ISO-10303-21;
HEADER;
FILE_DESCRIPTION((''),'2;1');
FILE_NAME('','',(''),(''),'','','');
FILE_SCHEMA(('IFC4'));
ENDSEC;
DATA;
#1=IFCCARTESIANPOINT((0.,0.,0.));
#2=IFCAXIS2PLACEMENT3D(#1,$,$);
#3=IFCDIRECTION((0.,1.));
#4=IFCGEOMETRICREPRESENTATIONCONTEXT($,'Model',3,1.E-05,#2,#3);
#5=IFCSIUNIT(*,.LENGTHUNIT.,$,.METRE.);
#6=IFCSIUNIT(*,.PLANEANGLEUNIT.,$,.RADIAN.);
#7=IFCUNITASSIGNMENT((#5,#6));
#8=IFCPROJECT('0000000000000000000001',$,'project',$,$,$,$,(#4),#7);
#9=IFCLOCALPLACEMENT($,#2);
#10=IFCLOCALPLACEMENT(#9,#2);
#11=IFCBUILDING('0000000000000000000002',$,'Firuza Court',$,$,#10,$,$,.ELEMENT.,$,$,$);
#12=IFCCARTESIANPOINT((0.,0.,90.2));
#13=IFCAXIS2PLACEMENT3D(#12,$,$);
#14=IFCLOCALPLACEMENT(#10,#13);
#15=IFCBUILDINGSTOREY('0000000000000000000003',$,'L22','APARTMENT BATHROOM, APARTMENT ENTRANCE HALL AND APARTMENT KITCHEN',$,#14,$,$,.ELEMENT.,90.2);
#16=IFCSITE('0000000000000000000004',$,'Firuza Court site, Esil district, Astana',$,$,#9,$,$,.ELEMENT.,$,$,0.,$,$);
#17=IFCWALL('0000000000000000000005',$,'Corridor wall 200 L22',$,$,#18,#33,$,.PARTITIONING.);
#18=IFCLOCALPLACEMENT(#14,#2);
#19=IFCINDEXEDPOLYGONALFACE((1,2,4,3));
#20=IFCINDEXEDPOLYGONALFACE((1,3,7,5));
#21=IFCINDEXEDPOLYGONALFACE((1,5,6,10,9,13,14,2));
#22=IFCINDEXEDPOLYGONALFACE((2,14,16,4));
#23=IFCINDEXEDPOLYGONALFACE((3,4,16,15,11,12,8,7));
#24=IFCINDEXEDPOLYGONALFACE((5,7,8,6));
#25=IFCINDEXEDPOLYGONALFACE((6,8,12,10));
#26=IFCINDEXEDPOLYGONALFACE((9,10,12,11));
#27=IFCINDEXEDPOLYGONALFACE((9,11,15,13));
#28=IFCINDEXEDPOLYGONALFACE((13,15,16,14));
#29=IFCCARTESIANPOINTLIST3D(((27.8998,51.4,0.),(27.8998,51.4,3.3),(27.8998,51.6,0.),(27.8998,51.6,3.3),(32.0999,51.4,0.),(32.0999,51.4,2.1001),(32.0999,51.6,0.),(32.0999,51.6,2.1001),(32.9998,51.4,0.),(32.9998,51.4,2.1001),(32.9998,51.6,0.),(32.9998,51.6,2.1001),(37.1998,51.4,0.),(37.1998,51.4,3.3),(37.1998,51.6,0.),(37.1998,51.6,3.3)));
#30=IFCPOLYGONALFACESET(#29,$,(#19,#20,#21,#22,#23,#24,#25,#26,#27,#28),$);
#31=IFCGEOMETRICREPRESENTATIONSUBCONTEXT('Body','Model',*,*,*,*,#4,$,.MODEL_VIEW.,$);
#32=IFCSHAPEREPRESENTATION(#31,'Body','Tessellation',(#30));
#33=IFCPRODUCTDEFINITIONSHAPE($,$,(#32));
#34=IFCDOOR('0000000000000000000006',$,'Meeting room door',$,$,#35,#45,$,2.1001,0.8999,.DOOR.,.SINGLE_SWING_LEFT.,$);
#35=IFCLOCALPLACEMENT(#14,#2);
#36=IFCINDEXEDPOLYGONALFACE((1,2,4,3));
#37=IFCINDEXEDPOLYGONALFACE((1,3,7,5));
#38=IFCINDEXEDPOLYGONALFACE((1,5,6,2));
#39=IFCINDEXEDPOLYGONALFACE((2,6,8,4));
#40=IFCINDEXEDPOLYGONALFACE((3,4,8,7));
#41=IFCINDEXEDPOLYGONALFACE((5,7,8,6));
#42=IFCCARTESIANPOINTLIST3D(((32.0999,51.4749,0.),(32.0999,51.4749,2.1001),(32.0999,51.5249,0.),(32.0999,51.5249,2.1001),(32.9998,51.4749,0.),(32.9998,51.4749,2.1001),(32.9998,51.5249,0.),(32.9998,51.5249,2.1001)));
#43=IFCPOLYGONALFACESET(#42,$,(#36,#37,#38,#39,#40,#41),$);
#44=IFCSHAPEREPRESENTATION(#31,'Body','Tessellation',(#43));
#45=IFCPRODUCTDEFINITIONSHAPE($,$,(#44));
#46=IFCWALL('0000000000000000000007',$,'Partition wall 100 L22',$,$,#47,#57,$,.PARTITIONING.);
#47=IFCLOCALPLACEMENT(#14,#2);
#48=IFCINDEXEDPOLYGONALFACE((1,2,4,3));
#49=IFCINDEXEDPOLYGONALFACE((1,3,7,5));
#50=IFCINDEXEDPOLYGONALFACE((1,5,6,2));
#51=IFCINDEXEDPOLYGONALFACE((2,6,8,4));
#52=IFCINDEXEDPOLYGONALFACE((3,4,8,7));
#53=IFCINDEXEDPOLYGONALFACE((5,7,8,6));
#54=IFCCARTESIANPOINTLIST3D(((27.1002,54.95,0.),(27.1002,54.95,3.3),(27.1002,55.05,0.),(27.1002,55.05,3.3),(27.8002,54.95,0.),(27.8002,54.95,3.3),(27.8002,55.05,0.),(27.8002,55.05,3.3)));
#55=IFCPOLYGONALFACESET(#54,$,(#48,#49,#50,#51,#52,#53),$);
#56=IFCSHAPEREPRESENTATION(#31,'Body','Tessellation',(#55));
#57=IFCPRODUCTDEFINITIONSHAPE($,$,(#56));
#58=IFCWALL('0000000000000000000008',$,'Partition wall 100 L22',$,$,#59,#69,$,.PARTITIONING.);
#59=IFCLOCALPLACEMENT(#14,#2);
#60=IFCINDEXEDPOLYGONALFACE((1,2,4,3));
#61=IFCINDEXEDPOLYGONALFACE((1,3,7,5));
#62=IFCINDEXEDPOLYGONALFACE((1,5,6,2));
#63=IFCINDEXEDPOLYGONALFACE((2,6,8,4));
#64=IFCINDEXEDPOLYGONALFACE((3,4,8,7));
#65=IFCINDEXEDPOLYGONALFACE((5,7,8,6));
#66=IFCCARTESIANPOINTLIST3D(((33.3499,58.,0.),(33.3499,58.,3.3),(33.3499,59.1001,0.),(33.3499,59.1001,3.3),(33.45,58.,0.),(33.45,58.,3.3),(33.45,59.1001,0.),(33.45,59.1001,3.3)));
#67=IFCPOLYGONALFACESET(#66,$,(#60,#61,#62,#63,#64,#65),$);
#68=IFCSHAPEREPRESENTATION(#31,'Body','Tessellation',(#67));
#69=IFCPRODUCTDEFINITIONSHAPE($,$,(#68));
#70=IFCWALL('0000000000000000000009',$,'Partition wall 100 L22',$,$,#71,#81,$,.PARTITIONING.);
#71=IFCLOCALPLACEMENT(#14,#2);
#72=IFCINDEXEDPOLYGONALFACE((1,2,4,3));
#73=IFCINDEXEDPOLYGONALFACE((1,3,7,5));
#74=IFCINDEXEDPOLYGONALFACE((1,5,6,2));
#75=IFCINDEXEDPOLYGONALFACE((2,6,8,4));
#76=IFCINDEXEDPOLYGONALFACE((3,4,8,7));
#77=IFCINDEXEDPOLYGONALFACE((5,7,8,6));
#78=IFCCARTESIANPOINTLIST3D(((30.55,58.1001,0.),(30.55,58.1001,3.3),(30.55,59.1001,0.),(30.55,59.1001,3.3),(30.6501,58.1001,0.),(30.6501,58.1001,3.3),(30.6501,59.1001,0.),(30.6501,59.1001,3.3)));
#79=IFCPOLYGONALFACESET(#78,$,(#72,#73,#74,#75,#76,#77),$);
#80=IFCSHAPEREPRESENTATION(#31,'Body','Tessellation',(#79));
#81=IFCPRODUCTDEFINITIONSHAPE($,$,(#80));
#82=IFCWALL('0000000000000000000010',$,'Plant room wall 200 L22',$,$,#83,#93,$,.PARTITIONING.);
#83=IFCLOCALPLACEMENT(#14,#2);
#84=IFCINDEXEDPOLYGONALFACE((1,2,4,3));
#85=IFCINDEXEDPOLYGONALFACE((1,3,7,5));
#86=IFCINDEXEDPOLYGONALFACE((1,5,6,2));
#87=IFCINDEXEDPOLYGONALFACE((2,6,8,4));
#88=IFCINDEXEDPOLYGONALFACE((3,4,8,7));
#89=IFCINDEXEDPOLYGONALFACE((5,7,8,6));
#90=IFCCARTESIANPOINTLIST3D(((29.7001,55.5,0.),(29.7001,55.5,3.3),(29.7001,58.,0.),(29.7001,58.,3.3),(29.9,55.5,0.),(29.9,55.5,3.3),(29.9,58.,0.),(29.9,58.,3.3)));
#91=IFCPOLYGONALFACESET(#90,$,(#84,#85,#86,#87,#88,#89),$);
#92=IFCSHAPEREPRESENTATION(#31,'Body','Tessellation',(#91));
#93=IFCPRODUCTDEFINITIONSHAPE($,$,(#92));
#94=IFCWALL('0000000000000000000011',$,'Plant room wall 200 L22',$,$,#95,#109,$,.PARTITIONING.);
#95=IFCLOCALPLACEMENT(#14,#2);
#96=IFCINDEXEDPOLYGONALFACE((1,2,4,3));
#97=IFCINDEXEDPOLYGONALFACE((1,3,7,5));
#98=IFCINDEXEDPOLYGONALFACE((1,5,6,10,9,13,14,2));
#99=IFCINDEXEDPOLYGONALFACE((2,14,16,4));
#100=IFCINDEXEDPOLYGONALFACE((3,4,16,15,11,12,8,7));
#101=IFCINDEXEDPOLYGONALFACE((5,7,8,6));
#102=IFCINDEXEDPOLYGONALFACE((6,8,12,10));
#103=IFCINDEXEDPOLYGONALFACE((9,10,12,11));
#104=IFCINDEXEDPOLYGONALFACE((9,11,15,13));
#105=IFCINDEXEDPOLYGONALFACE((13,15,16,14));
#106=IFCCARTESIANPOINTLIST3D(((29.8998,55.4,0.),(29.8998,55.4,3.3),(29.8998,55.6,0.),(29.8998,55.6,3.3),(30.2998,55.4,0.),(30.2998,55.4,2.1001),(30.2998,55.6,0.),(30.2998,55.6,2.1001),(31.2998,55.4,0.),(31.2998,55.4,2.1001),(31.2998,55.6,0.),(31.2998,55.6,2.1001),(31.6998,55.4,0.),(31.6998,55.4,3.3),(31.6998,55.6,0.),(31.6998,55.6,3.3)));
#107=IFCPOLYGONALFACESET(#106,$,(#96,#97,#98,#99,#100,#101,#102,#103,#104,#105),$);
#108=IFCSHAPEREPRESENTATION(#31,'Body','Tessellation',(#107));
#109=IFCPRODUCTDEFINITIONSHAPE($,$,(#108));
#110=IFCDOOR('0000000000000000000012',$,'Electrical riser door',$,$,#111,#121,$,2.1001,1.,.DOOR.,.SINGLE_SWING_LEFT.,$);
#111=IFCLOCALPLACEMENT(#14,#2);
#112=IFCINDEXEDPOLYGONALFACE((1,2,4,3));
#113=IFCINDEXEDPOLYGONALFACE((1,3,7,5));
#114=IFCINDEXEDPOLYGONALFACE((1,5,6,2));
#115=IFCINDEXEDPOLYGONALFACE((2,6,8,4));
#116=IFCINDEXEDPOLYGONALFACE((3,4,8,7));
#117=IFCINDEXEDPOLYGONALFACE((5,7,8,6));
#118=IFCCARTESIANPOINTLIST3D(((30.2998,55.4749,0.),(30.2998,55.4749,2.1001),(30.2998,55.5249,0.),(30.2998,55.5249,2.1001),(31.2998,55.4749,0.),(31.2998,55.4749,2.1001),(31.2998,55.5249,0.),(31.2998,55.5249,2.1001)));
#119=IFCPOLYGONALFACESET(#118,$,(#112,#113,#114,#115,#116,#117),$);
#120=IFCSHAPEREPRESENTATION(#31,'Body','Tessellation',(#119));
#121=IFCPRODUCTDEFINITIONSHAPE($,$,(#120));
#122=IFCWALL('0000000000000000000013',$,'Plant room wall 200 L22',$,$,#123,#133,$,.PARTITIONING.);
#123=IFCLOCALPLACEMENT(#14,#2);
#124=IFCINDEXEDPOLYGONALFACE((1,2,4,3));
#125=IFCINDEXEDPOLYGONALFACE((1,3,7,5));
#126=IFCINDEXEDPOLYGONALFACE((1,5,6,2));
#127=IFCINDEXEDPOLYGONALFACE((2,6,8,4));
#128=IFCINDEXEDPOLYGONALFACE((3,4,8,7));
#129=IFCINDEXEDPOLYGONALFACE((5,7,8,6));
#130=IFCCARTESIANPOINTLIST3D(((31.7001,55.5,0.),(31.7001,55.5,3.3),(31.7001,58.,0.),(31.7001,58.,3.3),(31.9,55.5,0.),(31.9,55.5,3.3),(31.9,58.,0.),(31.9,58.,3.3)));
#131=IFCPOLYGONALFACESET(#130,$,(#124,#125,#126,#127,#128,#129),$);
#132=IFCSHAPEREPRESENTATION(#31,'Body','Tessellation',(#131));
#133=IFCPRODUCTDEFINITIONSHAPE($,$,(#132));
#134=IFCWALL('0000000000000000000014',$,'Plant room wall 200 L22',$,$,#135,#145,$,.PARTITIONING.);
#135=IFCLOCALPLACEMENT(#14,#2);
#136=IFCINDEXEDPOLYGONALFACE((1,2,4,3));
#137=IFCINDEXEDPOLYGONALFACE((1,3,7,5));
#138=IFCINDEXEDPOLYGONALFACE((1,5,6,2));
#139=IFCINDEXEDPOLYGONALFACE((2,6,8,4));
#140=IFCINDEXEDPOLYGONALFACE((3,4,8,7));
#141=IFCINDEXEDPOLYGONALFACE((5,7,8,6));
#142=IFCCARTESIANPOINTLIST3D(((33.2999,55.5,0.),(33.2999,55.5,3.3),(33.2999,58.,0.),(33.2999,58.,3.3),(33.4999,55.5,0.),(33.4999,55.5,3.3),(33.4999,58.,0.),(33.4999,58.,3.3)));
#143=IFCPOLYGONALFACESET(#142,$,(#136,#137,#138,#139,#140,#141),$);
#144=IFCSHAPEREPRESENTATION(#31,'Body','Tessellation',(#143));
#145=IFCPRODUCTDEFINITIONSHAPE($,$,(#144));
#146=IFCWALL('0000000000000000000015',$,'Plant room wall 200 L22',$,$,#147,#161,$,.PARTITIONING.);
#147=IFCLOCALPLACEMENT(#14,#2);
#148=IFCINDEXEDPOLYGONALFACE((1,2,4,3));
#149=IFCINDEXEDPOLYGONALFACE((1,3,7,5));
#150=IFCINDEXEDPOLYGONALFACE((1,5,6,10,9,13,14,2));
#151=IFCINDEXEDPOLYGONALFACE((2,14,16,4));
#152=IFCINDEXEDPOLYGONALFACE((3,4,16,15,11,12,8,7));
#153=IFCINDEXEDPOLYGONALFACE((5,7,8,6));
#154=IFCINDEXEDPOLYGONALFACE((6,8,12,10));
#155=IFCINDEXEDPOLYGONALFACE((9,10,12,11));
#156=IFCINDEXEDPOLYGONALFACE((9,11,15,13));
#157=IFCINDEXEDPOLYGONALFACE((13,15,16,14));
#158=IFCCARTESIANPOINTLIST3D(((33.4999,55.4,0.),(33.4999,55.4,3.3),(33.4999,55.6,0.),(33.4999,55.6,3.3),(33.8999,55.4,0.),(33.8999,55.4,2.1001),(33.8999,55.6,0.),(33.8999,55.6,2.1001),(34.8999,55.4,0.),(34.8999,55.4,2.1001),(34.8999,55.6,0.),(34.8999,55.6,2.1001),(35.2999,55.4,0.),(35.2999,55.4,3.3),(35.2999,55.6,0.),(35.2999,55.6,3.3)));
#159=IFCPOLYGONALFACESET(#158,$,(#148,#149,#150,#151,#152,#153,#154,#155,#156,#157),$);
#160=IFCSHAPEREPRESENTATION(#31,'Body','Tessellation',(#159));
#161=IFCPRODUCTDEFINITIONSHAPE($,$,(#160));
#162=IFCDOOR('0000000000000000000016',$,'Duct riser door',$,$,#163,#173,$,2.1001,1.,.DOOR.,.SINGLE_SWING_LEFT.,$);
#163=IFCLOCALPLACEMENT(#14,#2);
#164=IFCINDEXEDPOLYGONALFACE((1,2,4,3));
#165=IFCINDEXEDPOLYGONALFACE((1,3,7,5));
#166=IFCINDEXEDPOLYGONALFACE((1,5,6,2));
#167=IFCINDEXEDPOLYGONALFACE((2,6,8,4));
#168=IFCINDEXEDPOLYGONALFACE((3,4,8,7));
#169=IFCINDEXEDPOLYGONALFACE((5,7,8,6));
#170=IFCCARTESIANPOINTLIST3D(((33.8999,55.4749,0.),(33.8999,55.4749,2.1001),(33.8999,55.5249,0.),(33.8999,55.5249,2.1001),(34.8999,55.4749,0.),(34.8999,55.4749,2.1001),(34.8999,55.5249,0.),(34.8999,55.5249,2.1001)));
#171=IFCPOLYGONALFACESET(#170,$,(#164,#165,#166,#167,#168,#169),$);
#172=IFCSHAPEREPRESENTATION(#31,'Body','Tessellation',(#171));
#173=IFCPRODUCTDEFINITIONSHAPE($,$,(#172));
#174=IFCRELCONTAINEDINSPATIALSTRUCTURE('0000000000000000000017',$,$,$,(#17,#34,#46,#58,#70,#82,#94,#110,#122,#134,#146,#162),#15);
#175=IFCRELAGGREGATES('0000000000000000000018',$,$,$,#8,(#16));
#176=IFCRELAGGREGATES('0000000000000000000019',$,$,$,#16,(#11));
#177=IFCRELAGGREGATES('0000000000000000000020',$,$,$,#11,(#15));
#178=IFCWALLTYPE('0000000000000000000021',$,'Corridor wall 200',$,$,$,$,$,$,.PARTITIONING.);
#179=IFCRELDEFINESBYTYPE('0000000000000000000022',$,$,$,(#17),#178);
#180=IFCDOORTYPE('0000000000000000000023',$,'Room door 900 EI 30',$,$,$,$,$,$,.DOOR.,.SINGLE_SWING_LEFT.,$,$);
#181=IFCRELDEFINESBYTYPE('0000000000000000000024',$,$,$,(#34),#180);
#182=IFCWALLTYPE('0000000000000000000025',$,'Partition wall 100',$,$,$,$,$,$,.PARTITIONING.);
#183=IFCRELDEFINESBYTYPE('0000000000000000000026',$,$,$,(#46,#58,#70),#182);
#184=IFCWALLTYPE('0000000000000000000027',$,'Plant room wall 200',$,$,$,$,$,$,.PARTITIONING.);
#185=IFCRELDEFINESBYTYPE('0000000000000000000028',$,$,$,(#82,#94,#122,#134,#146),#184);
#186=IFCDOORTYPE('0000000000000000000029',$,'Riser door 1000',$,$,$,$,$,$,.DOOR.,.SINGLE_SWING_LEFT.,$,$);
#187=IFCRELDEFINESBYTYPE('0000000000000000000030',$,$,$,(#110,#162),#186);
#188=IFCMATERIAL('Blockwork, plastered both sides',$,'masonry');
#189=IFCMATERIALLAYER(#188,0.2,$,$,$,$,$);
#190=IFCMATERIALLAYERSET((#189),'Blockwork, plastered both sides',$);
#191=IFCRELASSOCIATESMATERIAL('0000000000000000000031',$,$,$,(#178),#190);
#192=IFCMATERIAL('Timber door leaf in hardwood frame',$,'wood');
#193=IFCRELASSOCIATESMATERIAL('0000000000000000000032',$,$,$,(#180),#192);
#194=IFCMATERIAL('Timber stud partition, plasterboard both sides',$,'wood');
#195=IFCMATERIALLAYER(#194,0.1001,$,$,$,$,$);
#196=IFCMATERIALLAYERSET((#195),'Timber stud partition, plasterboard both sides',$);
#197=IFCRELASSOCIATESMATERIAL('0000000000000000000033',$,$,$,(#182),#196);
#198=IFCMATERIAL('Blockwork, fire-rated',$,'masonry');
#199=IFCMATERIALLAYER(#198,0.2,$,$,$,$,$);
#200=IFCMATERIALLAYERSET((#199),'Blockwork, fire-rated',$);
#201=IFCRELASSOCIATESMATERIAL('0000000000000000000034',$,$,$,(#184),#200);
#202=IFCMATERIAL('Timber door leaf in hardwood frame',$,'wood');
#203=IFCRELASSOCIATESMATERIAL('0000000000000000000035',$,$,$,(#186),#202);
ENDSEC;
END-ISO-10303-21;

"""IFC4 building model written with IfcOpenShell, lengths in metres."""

from ifc_helpers import new_model, si_unit, direction, frame, frame_2d, origin, place, context, subcontext, project, spatial, rectangle, extrude, material, layer, layer_set, type_object, element, fill, save


model = new_model("IFC4")

# Units and contexts
model_context = context("Model", 3, precision=1e-05, world=origin(), true_north=direction((0.0, 1.0)))
body_context = subcontext(model_context, "Body", "Model", "MODEL_VIEW")
ifc_project = project(units=[si_unit("LENGTHUNIT", "METRE"), si_unit("PLANEANGLEUNIT", "RADIAN")], contexts=[model_context])

# Site, building, storey
site_placement = place(None, origin())
site = spatial("IfcSite", under=ifc_project, at=site_placement, Name="Firuza Court site, Esil district, Astana", CompositionType="ELEMENT", RefElevation=0.0)
building_placement = place(site_placement, origin())
building = spatial("IfcBuilding", under=site, at=building_placement, Name="Firuza Court", CompositionType="ELEMENT")
storey_placement = place(building_placement, frame((0.0, 0.0, 90.2)))
storey = spatial("IfcBuildingStorey", under=building, at=storey_placement, Name="L22", Description="APARTMENT BATHROOM, APARTMENT ENTRANCE HALL AND APARTMENT KITCHEN", CompositionType="ELEMENT", Elevation=90.2)

# Wall, opening, door
ifc_material_1 = material(Name="Blockwork, plastered both sides", Category="masonry")
ifc_layer_1 = layer(ifc_material_1, 0.2)
ifc_layer_set_1 = layer_set([ifc_layer_1], Name="Blockwork, plastered both sides")
wall_type_1 = type_object("IfcWallType", Name="Corridor wall 200", PredefinedType="PARTITIONING", material=ifc_layer_set_1)
wall_1_placement = place(storey_placement, frame((27.8999, 51.5, 0.0), z_axis=(0.0, 0.0, 1.0), x_axis=(1.0, 0.0, 0.0)))
wall_1 = element("IfcWall", 1, at=wall_1_placement, inside=storey, type_object=wall_type_1, Name="Corridor wall 200 L22", PredefinedType="PARTITIONING", context=body_context, shape_type="SweptSolid", body=[
    extrude(rectangle(XDim=9.3, YDim=0.2, at=frame_2d((4.6499, 0.0))), origin(), (0.0, 0.0, 1.0), 3.3),
])
opening_1_placement = place(wall_1_placement, frame((4.2, 0.0, 0.0)))
opening_1 = element("IfcOpeningElement", 2, at=opening_1_placement, cuts=wall_1, PredefinedType="OPENING", context=body_context, shape_type="SweptSolid", body=[
    extrude(rectangle(XDim=0.8999, YDim=2.1001, at=frame_2d((0.45, 1.05))), frame((0.0, 0.1118, 0.0), z_axis=(0.0, -1.0, 0.0), x_axis=(1.0, 0.0, 0.0)), (0.0, 0.0, 1.0), 0.2239),
])
ifc_material_2 = material(Name="Timber door leaf in hardwood frame", Category="wood")
door_type_1 = type_object("IfcDoorType", Name="Room door 900 EI 30", OperationType="SINGLE_SWING_LEFT", PredefinedType="DOOR", material=ifc_material_2)
door_1_placement = place(opening_1_placement, origin())
door_1 = element("IfcDoor", 3, at=door_1_placement, inside=storey, type_object=door_type_1, Name="Meeting room door", OperationType="SINGLE_SWING_LEFT", OverallHeight=2.1001, OverallWidth=0.8999, PredefinedType="DOOR", context=body_context, shape_type="SweptSolid", body=[
    extrude(rectangle(XDim=0.8999, YDim=2.1001, at=frame_2d((0.45, 1.05))), frame((0.0, 0.0249, 0.0), z_axis=(0.0, -1.0, 0.0), x_axis=(1.0, 0.0, 0.0)), (0.0, 0.0, 1.0), 0.05),
])
fill(opening_1, door_1)

# Walls
ifc_material_3 = material(Name="Timber stud partition, plasterboard both sides", Category="wood")
ifc_layer_2 = layer(ifc_material_3, 0.1001)
ifc_layer_set_2 = layer_set([ifc_layer_2], Name="Timber stud partition, plasterboard both sides")
wall_type_2 = type_object("IfcWallType", Name="Partition wall 100", PredefinedType="PARTITIONING", material=ifc_layer_set_2)
wall_2_placement = place(storey_placement, frame((27.1001, 55.0, 0.0), z_axis=(0.0, 0.0, 1.0), x_axis=(1.0, 0.0, 0.0)))
element("IfcWall", 4, at=wall_2_placement, inside=storey, type_object=wall_type_2, Name="Partition wall 100 L22", PredefinedType="PARTITIONING", context=body_context, shape_type="SweptSolid", body=[
    extrude(rectangle(XDim=0.7, YDim=0.1001, at=frame_2d((0.3501, 0.0))), origin(), (0.0, 0.0, 1.0), 3.3),
])
wall_3_placement = place(storey_placement, frame((33.3999, 58.0, 0.0), z_axis=(0.0, 0.0, 1.0), x_axis=(0.0, 1.0, 0.0)))
element("IfcWall", 5, at=wall_3_placement, inside=storey, type_object=wall_type_2, Name="Partition wall 100 L22", PredefinedType="PARTITIONING", context=body_context, shape_type="SweptSolid", body=[
    extrude(rectangle(XDim=1.1001, YDim=0.1001, at=frame_2d((0.55, 0.0))), origin(), (0.0, 0.0, 1.0), 3.3),
])
wall_4_placement = place(storey_placement, frame((30.6001, 58.1001, 0.0), z_axis=(0.0, 0.0, 1.0), x_axis=(0.0, 1.0, 0.0)))
element("IfcWall", 6, at=wall_4_placement, inside=storey, type_object=wall_type_2, Name="Partition wall 100 L22", PredefinedType="PARTITIONING", context=body_context, shape_type="SweptSolid", body=[
    extrude(rectangle(XDim=1.0, YDim=0.1001, at=frame_2d((0.5, 0.0))), origin(), (0.0, 0.0, 1.0), 3.3),
])
ifc_material_4 = material(Name="Blockwork, fire-rated", Category="masonry")
ifc_layer_3 = layer(ifc_material_4, 0.2)
ifc_layer_set_3 = layer_set([ifc_layer_3], Name="Blockwork, fire-rated")
wall_type_3 = type_object("IfcWallType", Name="Plant room wall 200", PredefinedType="PARTITIONING", material=ifc_layer_set_3)
wall_5_placement = place(storey_placement, frame((29.8, 55.5, 0.0), z_axis=(0.0, 0.0, 1.0), x_axis=(0.0, 1.0, 0.0)))
element("IfcWall", 7, at=wall_5_placement, inside=storey, type_object=wall_type_3, Name="Plant room wall 200 L22", PredefinedType="PARTITIONING", context=body_context, shape_type="SweptSolid", body=[
    extrude(rectangle(XDim=2.5, YDim=0.2, at=frame_2d((1.25, 0.0))), origin(), (0.0, 0.0, 1.0), 3.3),
])

# Wall, opening, door
wall_6_placement = place(storey_placement, frame((29.8999, 55.5, 0.0), z_axis=(0.0, 0.0, 1.0), x_axis=(1.0, 0.0, 0.0)))
wall_6 = element("IfcWall", 8, at=wall_6_placement, inside=storey, type_object=wall_type_3, Name="Plant room wall 200 L22", PredefinedType="PARTITIONING", context=body_context, shape_type="SweptSolid", body=[
    extrude(rectangle(XDim=1.8, YDim=0.2, at=frame_2d((0.8999, 0.0))), origin(), (0.0, 0.0, 1.0), 3.3),
])
opening_2_placement = place(wall_6_placement, frame((0.3999, 0.0, 0.0)))
opening_2 = element("IfcOpeningElement", 9, at=opening_2_placement, cuts=wall_6, PredefinedType="OPENING", context=body_context, shape_type="SweptSolid", body=[
    extrude(rectangle(XDim=1.0, YDim=2.1001, at=frame_2d((0.5, 1.05))), frame((0.0, 0.1118, 0.0), z_axis=(0.0, -1.0, 0.0), x_axis=(1.0, 0.0, 0.0)), (0.0, 0.0, 1.0), 0.2239),
])
ifc_material_5 = material(Name="Timber door leaf in hardwood frame", Category="wood")
door_type_2 = type_object("IfcDoorType", Name="Riser door 1000", OperationType="SINGLE_SWING_LEFT", PredefinedType="DOOR", material=ifc_material_5)
door_2_placement = place(opening_2_placement, origin())
door_2 = element("IfcDoor", 10, at=door_2_placement, inside=storey, type_object=door_type_2, Name="Electrical riser door", OperationType="SINGLE_SWING_LEFT", OverallHeight=2.1001, OverallWidth=1.0, PredefinedType="DOOR", context=body_context, shape_type="SweptSolid", body=[
    extrude(rectangle(XDim=1.0, YDim=2.1001, at=frame_2d((0.5, 1.05))), frame((0.0, 0.0249, 0.0), z_axis=(0.0, -1.0, 0.0), x_axis=(1.0, 0.0, 0.0)), (0.0, 0.0, 1.0), 0.05),
])
fill(opening_2, door_2)

# Walls
for number, where, z_axis, x_axis, name in (
    (11, (31.8, 55.5, 0.0), (0.0, 0.0, 1.0), (0.0, 1.0, 0.0), "Plant room wall 200 L22"),
    (12, (33.3999, 55.5, 0.0), (0.0, 0.0, 1.0), (0.0, 1.0, 0.0), "Plant room wall 200 L22"),
):
    element("IfcWall", number, at=place(storey_placement, frame(where, z_axis=z_axis, x_axis=x_axis)), inside=storey, type_object=wall_type_3, Name=name, PredefinedType="PARTITIONING", context=body_context, shape_type="SweptSolid", body=[
        extrude(rectangle(XDim=2.5, YDim=0.2, at=frame_2d((1.25, 0.0))), origin(), (0.0, 0.0, 1.0), 3.3),
    ])

# Wall, opening, door
wall_7_placement = place(storey_placement, frame((33.5, 55.5, 0.0), z_axis=(0.0, 0.0, 1.0), x_axis=(1.0, 0.0, 0.0)))
wall_7 = element("IfcWall", 13, at=wall_7_placement, inside=storey, type_object=wall_type_3, Name="Plant room wall 200 L22", PredefinedType="PARTITIONING", context=body_context, shape_type="SweptSolid", body=[
    extrude(rectangle(XDim=1.8, YDim=0.2, at=frame_2d((0.8999, 0.0))), origin(), (0.0, 0.0, 1.0), 3.3),
])
opening_3_placement = place(wall_7_placement, frame((0.3999, 0.0, 0.0)))
opening_3 = element("IfcOpeningElement", 14, at=opening_3_placement, cuts=wall_7, PredefinedType="OPENING", context=body_context, shape_type="SweptSolid", body=[
    extrude(rectangle(XDim=1.0, YDim=2.1001, at=frame_2d((0.5, 1.05))), frame((0.0, 0.1118, 0.0), z_axis=(0.0, -1.0, 0.0), x_axis=(1.0, 0.0, 0.0)), (0.0, 0.0, 1.0), 0.2239),
])
door_3_placement = place(opening_3_placement, origin())
door_3 = element("IfcDoor", 15, at=door_3_placement, inside=storey, type_object=door_type_2, Name="Duct riser door", OperationType="SINGLE_SWING_LEFT", OverallHeight=2.1001, OverallWidth=1.0, PredefinedType="DOOR", context=body_context, shape_type="SweptSolid", body=[
    extrude(rectangle(XDim=1.0, YDim=2.1001, at=frame_2d((0.5, 1.05))), frame((0.0, 0.0249, 0.0), z_axis=(0.0, -1.0, 0.0), x_axis=(1.0, 0.0, 0.0)), (0.0, 0.0, 1.0), 0.05),
])
fill(opening_3, door_3)

save(model, "model.ifc")
